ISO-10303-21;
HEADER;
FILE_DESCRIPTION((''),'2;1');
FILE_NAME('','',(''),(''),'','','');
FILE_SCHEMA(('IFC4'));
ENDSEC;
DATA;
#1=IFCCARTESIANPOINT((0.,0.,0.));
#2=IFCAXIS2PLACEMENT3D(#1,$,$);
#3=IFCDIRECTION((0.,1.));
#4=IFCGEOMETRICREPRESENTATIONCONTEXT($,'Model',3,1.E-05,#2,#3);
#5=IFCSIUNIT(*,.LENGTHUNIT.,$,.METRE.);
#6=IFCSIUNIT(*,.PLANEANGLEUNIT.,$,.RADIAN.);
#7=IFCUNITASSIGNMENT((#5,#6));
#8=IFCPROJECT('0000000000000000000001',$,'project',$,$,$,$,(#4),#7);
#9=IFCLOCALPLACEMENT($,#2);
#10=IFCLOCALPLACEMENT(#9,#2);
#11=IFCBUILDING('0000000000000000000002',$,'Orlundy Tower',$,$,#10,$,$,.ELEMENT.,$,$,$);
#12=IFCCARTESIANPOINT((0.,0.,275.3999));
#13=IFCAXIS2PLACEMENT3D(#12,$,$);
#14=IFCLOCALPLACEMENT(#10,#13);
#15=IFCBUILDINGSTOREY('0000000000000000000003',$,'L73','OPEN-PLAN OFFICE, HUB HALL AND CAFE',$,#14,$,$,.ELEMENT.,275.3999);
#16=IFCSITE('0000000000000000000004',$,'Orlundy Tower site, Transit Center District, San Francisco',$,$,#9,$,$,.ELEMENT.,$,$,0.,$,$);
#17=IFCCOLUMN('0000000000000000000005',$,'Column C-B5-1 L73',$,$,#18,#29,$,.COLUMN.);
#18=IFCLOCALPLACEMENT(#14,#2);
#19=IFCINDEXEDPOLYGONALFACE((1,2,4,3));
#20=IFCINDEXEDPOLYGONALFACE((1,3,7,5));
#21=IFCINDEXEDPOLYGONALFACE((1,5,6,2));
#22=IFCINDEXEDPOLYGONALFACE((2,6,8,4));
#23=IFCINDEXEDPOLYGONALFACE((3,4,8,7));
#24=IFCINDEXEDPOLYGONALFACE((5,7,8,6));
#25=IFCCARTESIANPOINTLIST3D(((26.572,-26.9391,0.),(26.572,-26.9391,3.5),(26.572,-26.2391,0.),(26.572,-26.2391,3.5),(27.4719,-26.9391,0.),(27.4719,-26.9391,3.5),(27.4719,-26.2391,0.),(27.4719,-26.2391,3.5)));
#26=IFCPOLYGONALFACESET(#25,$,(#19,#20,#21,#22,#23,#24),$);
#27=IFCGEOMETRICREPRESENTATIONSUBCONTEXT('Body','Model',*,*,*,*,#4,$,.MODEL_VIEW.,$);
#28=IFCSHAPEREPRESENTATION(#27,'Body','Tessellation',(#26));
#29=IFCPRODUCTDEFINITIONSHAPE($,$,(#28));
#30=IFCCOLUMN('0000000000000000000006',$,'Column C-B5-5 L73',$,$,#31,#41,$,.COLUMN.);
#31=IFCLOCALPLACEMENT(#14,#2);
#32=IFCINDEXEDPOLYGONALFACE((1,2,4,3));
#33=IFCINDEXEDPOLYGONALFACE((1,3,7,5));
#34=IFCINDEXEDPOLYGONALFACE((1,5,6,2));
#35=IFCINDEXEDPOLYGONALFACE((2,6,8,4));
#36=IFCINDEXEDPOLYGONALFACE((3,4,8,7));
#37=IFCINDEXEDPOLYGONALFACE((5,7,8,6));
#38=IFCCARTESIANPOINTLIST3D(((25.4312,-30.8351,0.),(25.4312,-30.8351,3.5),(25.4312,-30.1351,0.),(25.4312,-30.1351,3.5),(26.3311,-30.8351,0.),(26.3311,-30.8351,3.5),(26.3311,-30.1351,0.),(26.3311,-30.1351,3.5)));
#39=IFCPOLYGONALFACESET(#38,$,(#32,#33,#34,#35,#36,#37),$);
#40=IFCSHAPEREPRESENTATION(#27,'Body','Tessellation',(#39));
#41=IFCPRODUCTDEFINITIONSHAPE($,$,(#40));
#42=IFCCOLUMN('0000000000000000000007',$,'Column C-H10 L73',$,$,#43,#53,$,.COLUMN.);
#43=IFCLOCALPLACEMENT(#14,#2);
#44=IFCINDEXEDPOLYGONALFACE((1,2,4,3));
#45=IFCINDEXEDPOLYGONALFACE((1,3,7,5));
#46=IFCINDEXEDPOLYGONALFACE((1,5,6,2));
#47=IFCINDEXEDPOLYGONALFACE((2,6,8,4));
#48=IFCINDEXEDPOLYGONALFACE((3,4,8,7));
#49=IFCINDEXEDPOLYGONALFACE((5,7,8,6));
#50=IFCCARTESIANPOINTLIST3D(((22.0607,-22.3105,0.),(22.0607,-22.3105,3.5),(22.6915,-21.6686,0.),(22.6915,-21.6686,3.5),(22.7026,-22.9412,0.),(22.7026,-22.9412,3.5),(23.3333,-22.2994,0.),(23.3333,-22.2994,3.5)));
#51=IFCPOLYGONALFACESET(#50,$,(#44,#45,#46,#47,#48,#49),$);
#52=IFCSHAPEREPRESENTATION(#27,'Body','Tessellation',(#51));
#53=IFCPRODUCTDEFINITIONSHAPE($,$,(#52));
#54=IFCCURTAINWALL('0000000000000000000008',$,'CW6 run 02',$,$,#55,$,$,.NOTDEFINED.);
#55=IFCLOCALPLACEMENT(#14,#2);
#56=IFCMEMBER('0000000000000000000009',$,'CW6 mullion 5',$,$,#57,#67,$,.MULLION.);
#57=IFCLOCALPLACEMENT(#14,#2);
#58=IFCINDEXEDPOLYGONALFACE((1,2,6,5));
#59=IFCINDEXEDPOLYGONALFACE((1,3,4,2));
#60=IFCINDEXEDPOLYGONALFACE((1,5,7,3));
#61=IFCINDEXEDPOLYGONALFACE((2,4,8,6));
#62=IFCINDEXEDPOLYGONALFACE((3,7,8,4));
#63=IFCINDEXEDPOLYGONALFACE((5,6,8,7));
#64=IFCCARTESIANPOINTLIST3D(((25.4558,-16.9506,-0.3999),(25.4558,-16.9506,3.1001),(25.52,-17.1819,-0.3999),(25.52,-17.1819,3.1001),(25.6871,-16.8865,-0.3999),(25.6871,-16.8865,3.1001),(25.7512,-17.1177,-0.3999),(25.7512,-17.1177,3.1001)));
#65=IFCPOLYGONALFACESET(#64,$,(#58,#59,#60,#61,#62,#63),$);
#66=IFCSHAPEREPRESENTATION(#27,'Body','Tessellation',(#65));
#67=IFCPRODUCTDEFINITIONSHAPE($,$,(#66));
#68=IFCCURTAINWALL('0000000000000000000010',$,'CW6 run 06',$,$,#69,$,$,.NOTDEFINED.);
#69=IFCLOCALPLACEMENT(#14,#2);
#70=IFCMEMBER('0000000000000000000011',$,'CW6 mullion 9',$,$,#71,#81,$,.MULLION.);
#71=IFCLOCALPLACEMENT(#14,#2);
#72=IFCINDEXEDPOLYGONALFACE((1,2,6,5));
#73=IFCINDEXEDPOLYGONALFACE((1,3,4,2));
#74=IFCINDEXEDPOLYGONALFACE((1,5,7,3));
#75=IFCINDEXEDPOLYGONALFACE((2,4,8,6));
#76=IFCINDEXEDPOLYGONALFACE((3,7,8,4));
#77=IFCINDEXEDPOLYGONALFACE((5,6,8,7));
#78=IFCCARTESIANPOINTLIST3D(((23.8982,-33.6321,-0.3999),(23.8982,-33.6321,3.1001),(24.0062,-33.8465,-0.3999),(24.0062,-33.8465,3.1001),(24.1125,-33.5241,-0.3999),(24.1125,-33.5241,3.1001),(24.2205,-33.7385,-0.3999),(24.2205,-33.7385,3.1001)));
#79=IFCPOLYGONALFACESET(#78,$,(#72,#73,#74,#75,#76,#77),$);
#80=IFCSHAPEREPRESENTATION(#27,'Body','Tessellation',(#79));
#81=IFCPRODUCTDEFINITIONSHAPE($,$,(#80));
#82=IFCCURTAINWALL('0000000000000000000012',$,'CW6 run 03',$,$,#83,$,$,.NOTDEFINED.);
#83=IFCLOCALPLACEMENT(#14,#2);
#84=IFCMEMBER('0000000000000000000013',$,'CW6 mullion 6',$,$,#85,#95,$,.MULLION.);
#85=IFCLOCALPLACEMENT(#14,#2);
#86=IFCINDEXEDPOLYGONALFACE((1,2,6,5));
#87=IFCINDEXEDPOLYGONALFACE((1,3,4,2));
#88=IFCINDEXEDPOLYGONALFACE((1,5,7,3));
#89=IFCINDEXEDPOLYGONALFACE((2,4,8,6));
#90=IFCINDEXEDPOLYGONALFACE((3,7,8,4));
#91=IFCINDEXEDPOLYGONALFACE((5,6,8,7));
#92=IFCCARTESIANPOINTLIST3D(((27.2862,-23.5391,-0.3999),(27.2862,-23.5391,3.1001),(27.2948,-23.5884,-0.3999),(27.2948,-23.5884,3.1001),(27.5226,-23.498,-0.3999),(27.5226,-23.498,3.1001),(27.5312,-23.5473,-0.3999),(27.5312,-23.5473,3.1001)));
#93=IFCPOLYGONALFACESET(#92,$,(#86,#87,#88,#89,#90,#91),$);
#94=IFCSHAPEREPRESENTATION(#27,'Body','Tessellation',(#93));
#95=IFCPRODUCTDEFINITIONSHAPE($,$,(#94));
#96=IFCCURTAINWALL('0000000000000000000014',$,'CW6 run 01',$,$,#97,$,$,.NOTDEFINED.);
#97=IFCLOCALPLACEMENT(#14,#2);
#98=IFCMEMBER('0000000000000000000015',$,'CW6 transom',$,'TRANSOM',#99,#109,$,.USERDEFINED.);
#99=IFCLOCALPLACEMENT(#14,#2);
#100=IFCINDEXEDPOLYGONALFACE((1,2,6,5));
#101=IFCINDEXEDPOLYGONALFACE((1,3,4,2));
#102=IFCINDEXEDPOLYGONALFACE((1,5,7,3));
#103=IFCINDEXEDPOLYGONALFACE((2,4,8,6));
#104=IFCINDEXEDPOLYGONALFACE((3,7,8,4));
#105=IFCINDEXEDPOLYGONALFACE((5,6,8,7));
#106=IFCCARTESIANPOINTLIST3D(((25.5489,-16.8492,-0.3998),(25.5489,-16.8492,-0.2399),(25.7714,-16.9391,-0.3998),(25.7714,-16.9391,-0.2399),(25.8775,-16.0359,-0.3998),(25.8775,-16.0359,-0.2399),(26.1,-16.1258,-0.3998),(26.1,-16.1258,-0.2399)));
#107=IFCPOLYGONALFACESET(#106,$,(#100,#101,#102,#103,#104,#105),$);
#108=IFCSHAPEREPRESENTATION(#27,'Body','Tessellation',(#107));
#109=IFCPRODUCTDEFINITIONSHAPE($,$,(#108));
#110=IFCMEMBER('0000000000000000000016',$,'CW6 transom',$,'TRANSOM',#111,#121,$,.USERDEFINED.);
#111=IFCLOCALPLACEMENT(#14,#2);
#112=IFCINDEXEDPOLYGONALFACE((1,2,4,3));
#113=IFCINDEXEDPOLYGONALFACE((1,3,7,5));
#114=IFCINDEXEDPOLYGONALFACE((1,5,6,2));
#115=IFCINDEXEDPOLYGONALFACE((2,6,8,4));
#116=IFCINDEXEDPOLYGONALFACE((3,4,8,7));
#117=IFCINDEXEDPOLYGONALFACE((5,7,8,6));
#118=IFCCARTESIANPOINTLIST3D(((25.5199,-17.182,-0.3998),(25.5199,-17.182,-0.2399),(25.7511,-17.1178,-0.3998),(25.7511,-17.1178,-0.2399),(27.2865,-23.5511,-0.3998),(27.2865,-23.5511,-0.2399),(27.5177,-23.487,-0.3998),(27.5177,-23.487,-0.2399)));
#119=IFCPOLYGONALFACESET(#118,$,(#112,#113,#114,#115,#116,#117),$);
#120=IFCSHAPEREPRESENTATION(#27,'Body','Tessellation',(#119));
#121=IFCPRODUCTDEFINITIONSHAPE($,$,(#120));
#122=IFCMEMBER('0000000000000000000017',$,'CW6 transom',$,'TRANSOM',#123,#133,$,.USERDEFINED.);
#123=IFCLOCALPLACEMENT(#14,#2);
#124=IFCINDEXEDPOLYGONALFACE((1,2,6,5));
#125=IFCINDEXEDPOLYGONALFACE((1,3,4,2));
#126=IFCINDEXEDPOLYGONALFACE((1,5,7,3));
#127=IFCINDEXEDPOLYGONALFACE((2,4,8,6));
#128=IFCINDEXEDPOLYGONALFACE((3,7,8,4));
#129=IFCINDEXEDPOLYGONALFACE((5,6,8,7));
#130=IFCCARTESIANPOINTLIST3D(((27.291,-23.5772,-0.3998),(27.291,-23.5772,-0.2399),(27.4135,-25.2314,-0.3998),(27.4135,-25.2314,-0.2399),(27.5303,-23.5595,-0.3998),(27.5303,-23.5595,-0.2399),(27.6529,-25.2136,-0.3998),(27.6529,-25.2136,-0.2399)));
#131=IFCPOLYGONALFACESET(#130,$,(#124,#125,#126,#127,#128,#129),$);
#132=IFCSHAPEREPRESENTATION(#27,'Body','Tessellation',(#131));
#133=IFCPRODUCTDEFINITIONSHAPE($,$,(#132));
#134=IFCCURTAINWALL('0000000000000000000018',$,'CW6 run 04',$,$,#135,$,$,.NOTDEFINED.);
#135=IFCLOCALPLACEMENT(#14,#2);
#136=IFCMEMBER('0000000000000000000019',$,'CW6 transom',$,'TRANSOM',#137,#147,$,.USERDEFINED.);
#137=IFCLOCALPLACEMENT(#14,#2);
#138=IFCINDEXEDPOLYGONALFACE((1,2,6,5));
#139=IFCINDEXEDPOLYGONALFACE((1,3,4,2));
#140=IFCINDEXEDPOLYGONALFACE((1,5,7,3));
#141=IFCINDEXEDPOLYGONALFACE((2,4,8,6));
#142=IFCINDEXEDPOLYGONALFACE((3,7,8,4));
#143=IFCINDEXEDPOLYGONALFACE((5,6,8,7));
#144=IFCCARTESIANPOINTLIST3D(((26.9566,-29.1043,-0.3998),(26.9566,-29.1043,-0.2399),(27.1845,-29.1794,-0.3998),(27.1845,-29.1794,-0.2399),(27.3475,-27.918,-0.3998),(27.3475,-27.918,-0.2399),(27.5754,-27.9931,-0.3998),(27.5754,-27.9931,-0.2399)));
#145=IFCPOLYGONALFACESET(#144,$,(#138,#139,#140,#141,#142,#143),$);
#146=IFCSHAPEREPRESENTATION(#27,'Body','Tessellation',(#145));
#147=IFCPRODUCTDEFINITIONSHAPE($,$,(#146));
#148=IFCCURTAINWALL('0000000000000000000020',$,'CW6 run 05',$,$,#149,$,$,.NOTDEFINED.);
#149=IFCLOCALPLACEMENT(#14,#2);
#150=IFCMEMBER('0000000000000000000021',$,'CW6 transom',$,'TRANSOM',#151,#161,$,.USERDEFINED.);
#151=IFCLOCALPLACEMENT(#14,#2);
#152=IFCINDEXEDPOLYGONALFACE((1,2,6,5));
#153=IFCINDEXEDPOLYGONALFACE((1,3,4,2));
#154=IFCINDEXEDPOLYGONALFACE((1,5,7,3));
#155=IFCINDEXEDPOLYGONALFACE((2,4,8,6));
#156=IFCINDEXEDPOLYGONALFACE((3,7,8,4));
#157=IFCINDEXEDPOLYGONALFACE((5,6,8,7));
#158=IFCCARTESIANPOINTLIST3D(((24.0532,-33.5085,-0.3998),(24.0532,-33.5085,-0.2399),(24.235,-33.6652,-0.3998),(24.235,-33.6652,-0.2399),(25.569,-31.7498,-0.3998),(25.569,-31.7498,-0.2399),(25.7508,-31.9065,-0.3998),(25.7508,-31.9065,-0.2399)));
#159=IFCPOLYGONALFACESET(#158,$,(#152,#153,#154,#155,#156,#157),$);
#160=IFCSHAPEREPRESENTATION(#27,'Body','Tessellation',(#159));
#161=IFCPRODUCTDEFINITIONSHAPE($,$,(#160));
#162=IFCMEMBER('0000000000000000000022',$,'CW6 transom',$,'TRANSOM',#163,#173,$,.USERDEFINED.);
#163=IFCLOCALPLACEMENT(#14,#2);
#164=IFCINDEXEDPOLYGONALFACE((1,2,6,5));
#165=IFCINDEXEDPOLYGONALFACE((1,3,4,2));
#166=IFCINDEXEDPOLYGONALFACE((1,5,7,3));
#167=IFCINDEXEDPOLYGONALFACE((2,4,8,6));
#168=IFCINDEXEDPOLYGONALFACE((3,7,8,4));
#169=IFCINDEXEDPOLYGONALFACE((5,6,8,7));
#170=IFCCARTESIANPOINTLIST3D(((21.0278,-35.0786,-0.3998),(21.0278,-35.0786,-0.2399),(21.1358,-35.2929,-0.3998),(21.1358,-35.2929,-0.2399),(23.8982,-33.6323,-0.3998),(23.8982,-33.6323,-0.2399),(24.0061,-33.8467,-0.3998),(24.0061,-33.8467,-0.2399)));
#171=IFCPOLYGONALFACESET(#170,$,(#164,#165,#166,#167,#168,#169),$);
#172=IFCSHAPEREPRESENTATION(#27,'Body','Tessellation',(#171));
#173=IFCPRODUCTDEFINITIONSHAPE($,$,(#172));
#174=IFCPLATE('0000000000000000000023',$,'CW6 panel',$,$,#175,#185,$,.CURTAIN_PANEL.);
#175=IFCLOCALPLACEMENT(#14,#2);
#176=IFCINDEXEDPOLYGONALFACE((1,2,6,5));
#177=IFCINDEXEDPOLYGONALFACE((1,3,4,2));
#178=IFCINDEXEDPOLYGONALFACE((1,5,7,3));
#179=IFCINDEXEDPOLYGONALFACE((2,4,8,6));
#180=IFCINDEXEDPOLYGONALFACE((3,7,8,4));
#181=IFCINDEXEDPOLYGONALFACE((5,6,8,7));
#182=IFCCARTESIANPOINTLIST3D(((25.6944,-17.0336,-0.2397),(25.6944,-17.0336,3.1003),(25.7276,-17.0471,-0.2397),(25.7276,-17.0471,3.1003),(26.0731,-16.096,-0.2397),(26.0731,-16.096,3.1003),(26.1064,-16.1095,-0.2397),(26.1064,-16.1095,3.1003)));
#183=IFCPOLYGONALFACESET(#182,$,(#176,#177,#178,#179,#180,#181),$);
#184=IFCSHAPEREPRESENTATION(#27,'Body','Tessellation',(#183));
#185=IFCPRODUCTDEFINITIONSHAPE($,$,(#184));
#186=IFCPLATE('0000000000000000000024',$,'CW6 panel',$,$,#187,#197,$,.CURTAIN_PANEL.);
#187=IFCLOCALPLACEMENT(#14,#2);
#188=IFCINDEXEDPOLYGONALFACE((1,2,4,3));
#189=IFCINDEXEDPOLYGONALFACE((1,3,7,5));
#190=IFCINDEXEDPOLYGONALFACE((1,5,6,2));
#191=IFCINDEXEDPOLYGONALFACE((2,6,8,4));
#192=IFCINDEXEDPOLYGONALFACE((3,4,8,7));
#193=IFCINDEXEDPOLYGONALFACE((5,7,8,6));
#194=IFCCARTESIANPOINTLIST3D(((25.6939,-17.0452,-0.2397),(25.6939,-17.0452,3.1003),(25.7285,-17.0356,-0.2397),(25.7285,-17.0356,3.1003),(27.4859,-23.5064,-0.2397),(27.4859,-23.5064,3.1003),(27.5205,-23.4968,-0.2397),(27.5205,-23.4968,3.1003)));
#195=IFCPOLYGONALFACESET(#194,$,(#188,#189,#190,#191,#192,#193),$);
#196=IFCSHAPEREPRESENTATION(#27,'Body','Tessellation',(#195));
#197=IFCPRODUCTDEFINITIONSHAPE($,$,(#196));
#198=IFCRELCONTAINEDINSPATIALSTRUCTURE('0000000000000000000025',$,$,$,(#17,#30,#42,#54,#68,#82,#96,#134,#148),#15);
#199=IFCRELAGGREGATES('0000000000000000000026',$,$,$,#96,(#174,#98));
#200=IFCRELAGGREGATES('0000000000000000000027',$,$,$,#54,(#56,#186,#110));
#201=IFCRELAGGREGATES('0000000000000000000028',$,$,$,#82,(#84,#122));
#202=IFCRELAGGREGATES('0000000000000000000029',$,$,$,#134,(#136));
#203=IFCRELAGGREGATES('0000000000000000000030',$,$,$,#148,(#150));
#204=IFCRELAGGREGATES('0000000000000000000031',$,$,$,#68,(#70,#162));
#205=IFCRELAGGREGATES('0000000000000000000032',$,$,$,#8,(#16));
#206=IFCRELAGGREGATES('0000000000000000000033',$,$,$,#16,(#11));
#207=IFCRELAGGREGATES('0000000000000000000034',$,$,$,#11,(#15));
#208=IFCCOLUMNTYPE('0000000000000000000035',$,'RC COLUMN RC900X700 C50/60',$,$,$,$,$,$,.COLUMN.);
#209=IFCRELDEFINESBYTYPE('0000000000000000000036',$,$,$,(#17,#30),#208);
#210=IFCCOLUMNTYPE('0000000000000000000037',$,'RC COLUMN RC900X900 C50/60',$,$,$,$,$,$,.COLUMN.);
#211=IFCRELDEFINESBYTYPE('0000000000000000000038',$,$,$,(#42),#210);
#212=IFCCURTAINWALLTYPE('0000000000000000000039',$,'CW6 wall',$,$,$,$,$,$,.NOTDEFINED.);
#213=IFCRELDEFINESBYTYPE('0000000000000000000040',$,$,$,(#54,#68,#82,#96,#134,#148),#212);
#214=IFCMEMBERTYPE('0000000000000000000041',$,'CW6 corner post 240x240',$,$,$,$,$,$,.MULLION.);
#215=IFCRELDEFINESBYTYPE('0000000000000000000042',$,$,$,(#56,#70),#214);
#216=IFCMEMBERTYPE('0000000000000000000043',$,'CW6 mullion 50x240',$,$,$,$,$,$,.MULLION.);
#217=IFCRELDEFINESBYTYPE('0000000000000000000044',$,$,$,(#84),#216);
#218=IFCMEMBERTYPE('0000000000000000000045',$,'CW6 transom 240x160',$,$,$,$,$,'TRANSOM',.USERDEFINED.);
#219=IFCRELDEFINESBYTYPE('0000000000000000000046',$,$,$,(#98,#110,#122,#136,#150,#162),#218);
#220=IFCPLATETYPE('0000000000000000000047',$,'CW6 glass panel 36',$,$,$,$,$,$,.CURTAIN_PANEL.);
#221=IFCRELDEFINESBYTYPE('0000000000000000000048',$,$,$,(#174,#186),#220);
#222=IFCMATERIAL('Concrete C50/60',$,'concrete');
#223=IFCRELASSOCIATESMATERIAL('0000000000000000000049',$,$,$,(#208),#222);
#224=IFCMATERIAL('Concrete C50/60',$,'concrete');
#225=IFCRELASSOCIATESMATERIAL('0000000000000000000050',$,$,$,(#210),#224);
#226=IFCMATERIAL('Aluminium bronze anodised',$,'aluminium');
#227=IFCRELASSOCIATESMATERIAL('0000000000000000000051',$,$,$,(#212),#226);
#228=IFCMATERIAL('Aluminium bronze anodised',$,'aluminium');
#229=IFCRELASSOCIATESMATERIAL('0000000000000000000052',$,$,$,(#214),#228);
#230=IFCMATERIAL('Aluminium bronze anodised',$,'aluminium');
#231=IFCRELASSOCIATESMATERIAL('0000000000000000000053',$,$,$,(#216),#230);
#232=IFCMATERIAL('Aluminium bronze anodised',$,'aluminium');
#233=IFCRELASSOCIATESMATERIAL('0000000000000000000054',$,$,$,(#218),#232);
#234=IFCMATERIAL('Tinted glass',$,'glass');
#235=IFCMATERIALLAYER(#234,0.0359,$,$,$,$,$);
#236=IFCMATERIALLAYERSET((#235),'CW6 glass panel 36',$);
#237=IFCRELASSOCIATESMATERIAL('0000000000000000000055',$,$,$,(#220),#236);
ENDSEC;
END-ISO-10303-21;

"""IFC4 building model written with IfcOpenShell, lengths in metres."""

from ifc_helpers import new_model, si_unit, direction, frame, origin, origin_2d, place, context, subcontext, project, spatial, rectangle, extrude, material, layer, layer_set, material_profile, profile_set, type_object, element, aggregate, save


model = new_model("IFC4")

# Units and contexts
model_context = context("Model", 3, precision=1e-05, world=origin(), true_north=direction((0.0, 1.0)))
body_context = subcontext(model_context, "Body", "Model", "MODEL_VIEW")
ifc_project = project(units=[si_unit("LENGTHUNIT", "METRE"), si_unit("PLANEANGLEUNIT", "RADIAN")], contexts=[model_context])

# Site, building, storey
site_placement = place(None, origin())
site = spatial("IfcSite", under=ifc_project, at=site_placement, Name="Orlundy Tower site, Transit Center District, San Francisco", CompositionType="ELEMENT", RefElevation=0.0)
building_placement = place(site_placement, origin())
building = spatial("IfcBuilding", under=site, at=building_placement, Name="Orlundy Tower", CompositionType="ELEMENT")
storey_placement = place(building_placement, frame((0.0, 0.0, 275.3999)))
storey = spatial("IfcBuildingStorey", under=building, at=storey_placement, Name="L73", Description="OPEN-PLAN OFFICE, HUB HALL AND CAFE", CompositionType="ELEMENT", Elevation=275.3999)

# Columns
ifc_material_1 = material(Name="Concrete C50/60", Category="concrete")
ifc_material_profile_1 = material_profile(ifc_material_1, rectangle(XDim=0.8999, YDim=0.7, at=origin_2d()), Name="RC900X700")
ifc_profile_set_1 = profile_set([ifc_material_profile_1], Name="Concrete C50/60")
column_type_1 = type_object("IfcColumnType", Name="RC COLUMN RC900X700 C50/60", PredefinedType="COLUMN", material=ifc_profile_set_1)
for number, where, z_axis, x_axis, name in (
    (1, (27.022, -26.5891, 0.0), (0.0, 0.0, 1.0), (1.0, 0.0, 0.0), "Column C-B5-1 L73"),
    (2, (25.8811, -30.4851, 0.0), (0.0, 0.0, 1.0), (1.0, 0.0, 0.0), "Column C-B5-5 L73"),
):
    element("IfcColumn", number, at=place(storey_placement, frame(where, z_axis=z_axis, x_axis=x_axis)), inside=storey, type_object=column_type_1, Name=name, PredefinedType="COLUMN", context=body_context, shape_type="SweptSolid", body=[
        extrude(rectangle(XDim=0.8999, YDim=0.7, at=origin_2d()), origin(), (0.0, 0.0, 1.0), 3.5),
    ])
ifc_material_2 = material(Name="Concrete C50/60", Category="concrete")
ifc_material_profile_2 = material_profile(ifc_material_2, rectangle(XDim=0.8999, YDim=0.8999, at=origin_2d()), Name="RC900X900")
ifc_profile_set_2 = profile_set([ifc_material_profile_2], Name="Concrete C50/60")
column_type_2 = type_object("IfcColumnType", Name="RC COLUMN RC900X900 C50/60", PredefinedType="COLUMN", material=ifc_profile_set_2)
column_placement = place(storey_placement, frame((22.697, -22.3049, 0.0), z_axis=(0.0, 0.0, 1.0), x_axis=(0.713238, -0.700922, 0.0)))
element("IfcColumn", 3, at=column_placement, inside=storey, type_object=column_type_2, Name="Column C-H10 L73", PredefinedType="COLUMN", context=body_context, shape_type="SweptSolid", body=[
    extrude(rectangle(XDim=0.8999, YDim=0.8999, at=origin_2d()), origin(), (0.0, 0.0, 1.0), 3.5),
])

# Curtain walls, members
ifc_material_3 = material(Name="Aluminium bronze anodised", Category="aluminium")
curtain_wall_type = type_object("IfcCurtainWallType", Name="CW6 wall", PredefinedType="NOTDEFINED", material=ifc_material_3)
curtain_wall_1_placement = place(storey_placement, origin())
curtain_wall_1 = element("IfcCurtainWall", 4, at=curtain_wall_1_placement, inside=storey, type_object=curtain_wall_type, Name="CW6 run 02", PredefinedType="NOTDEFINED")
ifc_material_4 = material(Name="Aluminium bronze anodised", Category="aluminium")
ifc_material_profile_3 = material_profile(ifc_material_4, rectangle(XDim=0.24, YDim=0.24, at=origin_2d()), Name="CW6 corner post 240x240")
ifc_profile_set_3 = profile_set([ifc_material_profile_3], Name="Aluminium bronze anodised")
member_type_1 = type_object("IfcMemberType", Name="CW6 corner post 240x240", PredefinedType="MULLION", material=ifc_profile_set_3)
member_1_placement = place(storey_placement, frame((25.6035, -17.0342, -0.3999), z_axis=(0.0, 0.0, 1.0), x_axis=(0.963626, 0.267256, 0.0)))
member_1 = element("IfcMember", 5, at=member_1_placement, type_object=member_type_1, Name="CW6 mullion 5", PredefinedType="MULLION", context=body_context, shape_type="SweptSolid", body=[
    extrude(rectangle(XDim=0.24, YDim=0.24, at=origin_2d()), origin(), (0.0, 0.0, 1.0), 3.5),
])
curtain_wall_2_placement = place(storey_placement, origin())
curtain_wall_2 = element("IfcCurtainWall", 6, at=curtain_wall_2_placement, inside=storey, type_object=curtain_wall_type, Name="CW6 run 06", PredefinedType="NOTDEFINED")
member_2_placement = place(storey_placement, frame((24.0593, -33.6853, -0.3999), z_axis=(0.0, 0.0, 1.0), x_axis=(0.450017, -0.89302, 0.0)))
member_2 = element("IfcMember", 7, at=member_2_placement, type_object=member_type_1, Name="CW6 mullion 9", PredefinedType="MULLION", context=body_context, shape_type="SweptSolid", body=[
    extrude(rectangle(XDim=0.24, YDim=0.24, at=origin_2d()), origin(), (0.0, 0.0, 1.0), 3.5),
])
curtain_wall_3_placement = place(storey_placement, origin())
curtain_wall_3 = element("IfcCurtainWall", 8, at=curtain_wall_3_placement, inside=storey, type_object=curtain_wall_type, Name="CW6 run 03", PredefinedType="NOTDEFINED")
ifc_material_5 = material(Name="Aluminium bronze anodised", Category="aluminium")
ifc_material_profile_4 = material_profile(ifc_material_5, rectangle(XDim=0.24, YDim=0.05, at=origin_2d()), Name="CW6 mullion 50x240")
ifc_profile_set_4 = profile_set([ifc_material_profile_4], Name="Aluminium bronze anodised")
member_type_2 = type_object("IfcMemberType", Name="CW6 mullion 50x240", PredefinedType="MULLION", material=ifc_profile_set_4)
member_3_placement = place(storey_placement, frame((27.4087, -23.5432, -0.3999), z_axis=(0.0, 0.0, 1.0), x_axis=(0.9852, 0.171411, 0.0)))
member_3 = element("IfcMember", 9, at=member_3_placement, type_object=member_type_2, Name="CW6 mullion 6", PredefinedType="MULLION", context=body_context, shape_type="SweptSolid", body=[
    extrude(rectangle(XDim=0.24, YDim=0.05, at=origin_2d()), origin(), (0.0, 0.0, 1.0), 3.5),
])
curtain_wall_4_placement = place(storey_placement, origin())
curtain_wall_4 = element("IfcCurtainWall", 10, at=curtain_wall_4_placement, inside=storey, type_object=curtain_wall_type, Name="CW6 run 01", PredefinedType="NOTDEFINED")
ifc_material_6 = material(Name="Aluminium bronze anodised", Category="aluminium")
ifc_material_profile_5 = material_profile(ifc_material_6, rectangle(XDim=0.24, YDim=0.1599, at=origin_2d()), Name="CW6 transom 240x160")
ifc_profile_set_5 = profile_set([ifc_material_profile_5], Name="Aluminium bronze anodised")
member_type_3 = type_object("IfcMemberType", Name="CW6 transom 240x160", ElementType="TRANSOM", PredefinedType="USERDEFINED", material=ifc_profile_set_5)
member_4_placement = place(storey_placement, frame((25.9888, -16.0808, -0.3198), z_axis=(-0.374652, -0.927166, 0.0), x_axis=(0.927166, -0.374652, 0.0)))
member_4 = element("IfcMember", 11, at=member_4_placement, type_object=member_type_3, Name="CW6 transom", ObjectType="TRANSOM", PredefinedType="USERDEFINED", context=body_context, shape_type="SweptSolid", body=[
    extrude(rectangle(XDim=0.24, YDim=0.1599, at=origin_2d()), origin(), (0.0, 0.0, 1.0), 0.8772),
])

# Members
member_5_placement = place(storey_placement, frame((25.6355, -17.1499, -0.3198), z_axis=(0.267278, -0.963619, 0.0), x_axis=(0.963619, 0.267278, 0.0)))
member_5 = element("IfcMember", 12, at=member_5_placement, type_object=member_type_3, Name="CW6 transom", ObjectType="TRANSOM", PredefinedType="USERDEFINED", context=body_context, shape_type="SweptSolid", body=[
    extrude(rectangle(XDim=0.24, YDim=0.1599, at=origin_2d()), origin(), (0.0, 0.0, 1.0), 6.6096),
])
member_6_placement = place(storey_placement, frame((27.4106, -23.5684, -0.3198), z_axis=(0.073893, -0.997266, 0.0), x_axis=(0.997266, 0.073893, 0.0)))
member_6 = element("IfcMember", 13, at=member_6_placement, type_object=member_type_3, Name="CW6 transom", ObjectType="TRANSOM", PredefinedType="USERDEFINED", context=body_context, shape_type="SweptSolid", body=[
    extrude(rectangle(XDim=0.24, YDim=0.1599, at=origin_2d()), origin(), (0.0, 0.0, 1.0), 1.6587),
])

# Curtain walls, members
curtain_wall_5_placement = place(storey_placement, origin())
curtain_wall_5 = element("IfcCurtainWall", 14, at=curtain_wall_5_placement, inside=storey, type_object=curtain_wall_type, Name="CW6 run 04", PredefinedType="NOTDEFINED")
member_7_placement = place(storey_placement, frame((27.4614, -27.9556, -0.3198), z_axis=(-0.312942, -0.949772, 0.0), x_axis=(0.949772, -0.312942, 0.0)))
member_7 = element("IfcMember", 15, at=member_7_placement, type_object=member_type_3, Name="CW6 transom", ObjectType="TRANSOM", PredefinedType="USERDEFINED", context=body_context, shape_type="SweptSolid", body=[
    extrude(rectangle(XDim=0.24, YDim=0.1599, at=origin_2d()), origin(), (0.0, 0.0, 1.0), 1.249),
])
curtain_wall_6_placement = place(storey_placement, origin())
curtain_wall_6 = element("IfcCurtainWall", 16, at=curtain_wall_6_placement, inside=storey, type_object=curtain_wall_type, Name="CW6 run 05", PredefinedType="NOTDEFINED")
member_8_placement = place(storey_placement, frame((25.6599, -31.8281, -0.3198), z_axis=(-0.652858, -0.75748, 0.0), x_axis=(0.75748, -0.652858, 0.0)))
member_8 = element("IfcMember", 17, at=member_8_placement, type_object=member_type_3, Name="CW6 transom", ObjectType="TRANSOM", PredefinedType="USERDEFINED", context=body_context, shape_type="SweptSolid", body=[
    extrude(rectangle(XDim=0.24, YDim=0.1599, at=origin_2d()), origin(), (0.0, 0.0, 1.0), 2.3218),
])

# Member
member_9_placement = place(storey_placement, frame((23.9521, -33.7395, -0.3198), z_axis=(-0.89304, -0.449976, 0.0), x_axis=(0.449976, -0.89304, 0.0)))
member_9 = element("IfcMember", 18, at=member_9_placement, type_object=member_type_3, Name="CW6 transom", ObjectType="TRANSOM", PredefinedType="USERDEFINED", context=body_context, shape_type="SweptSolid", body=[
    extrude(rectangle(XDim=0.24, YDim=0.1599, at=origin_2d()), origin(), (0.0, 0.0, 1.0), 3.2141),
])

# Plates
ifc_material_7 = material(Name="Tinted glass", Category="glass")
ifc_layer = layer(ifc_material_7, 0.0359)
ifc_layer_set = layer_set([ifc_layer], Name="CW6 glass panel 36")
plate_type = type_object("IfcPlateType", Name="CW6 glass panel 36", PredefinedType="CURTAIN_PANEL", material=ifc_layer_set)
plate_1_placement = place(storey_placement, frame((25.9004, -16.5715, -0.2397), z_axis=(0.0, 0.0, 1.0), x_axis=(-0.374578, -0.927195, 0.0)))
plate_1 = element("IfcPlate", 19, at=plate_1_placement, type_object=plate_type, Name="CW6 panel", PredefinedType="CURTAIN_PANEL", context=body_context, shape_type="SweptSolid", body=[
    extrude(rectangle(XDim=1.0112, YDim=0.0359, at=origin_2d()), origin(), (0.0, 0.0, 1.0), 3.3401),
])
aggregate(curtain_wall_4, [plate_1, member_4])
plate_2_placement = place(storey_placement, frame((26.6072, -20.271, -0.2397), z_axis=(0.0, 0.0, 1.0), x_axis=(0.267256, -0.963626, 0.0)))
plate_2 = element("IfcPlate", 20, at=plate_2_placement, type_object=plate_type, Name="CW6 panel", PredefinedType="CURTAIN_PANEL", context=body_context, shape_type="SweptSolid", body=[
    extrude(rectangle(XDim=6.7051, YDim=0.0359, at=origin_2d()), origin(), (0.0, 0.0, 1.0), 3.3401),
])
aggregate(curtain_wall_1, [member_1, plate_2, member_5])
aggregate(curtain_wall_3, [member_3, member_6])
aggregate(curtain_wall_5, [member_7])
aggregate(curtain_wall_6, [member_8])
aggregate(curtain_wall_2, [member_2, member_9])

save(model, "model.ifc")
